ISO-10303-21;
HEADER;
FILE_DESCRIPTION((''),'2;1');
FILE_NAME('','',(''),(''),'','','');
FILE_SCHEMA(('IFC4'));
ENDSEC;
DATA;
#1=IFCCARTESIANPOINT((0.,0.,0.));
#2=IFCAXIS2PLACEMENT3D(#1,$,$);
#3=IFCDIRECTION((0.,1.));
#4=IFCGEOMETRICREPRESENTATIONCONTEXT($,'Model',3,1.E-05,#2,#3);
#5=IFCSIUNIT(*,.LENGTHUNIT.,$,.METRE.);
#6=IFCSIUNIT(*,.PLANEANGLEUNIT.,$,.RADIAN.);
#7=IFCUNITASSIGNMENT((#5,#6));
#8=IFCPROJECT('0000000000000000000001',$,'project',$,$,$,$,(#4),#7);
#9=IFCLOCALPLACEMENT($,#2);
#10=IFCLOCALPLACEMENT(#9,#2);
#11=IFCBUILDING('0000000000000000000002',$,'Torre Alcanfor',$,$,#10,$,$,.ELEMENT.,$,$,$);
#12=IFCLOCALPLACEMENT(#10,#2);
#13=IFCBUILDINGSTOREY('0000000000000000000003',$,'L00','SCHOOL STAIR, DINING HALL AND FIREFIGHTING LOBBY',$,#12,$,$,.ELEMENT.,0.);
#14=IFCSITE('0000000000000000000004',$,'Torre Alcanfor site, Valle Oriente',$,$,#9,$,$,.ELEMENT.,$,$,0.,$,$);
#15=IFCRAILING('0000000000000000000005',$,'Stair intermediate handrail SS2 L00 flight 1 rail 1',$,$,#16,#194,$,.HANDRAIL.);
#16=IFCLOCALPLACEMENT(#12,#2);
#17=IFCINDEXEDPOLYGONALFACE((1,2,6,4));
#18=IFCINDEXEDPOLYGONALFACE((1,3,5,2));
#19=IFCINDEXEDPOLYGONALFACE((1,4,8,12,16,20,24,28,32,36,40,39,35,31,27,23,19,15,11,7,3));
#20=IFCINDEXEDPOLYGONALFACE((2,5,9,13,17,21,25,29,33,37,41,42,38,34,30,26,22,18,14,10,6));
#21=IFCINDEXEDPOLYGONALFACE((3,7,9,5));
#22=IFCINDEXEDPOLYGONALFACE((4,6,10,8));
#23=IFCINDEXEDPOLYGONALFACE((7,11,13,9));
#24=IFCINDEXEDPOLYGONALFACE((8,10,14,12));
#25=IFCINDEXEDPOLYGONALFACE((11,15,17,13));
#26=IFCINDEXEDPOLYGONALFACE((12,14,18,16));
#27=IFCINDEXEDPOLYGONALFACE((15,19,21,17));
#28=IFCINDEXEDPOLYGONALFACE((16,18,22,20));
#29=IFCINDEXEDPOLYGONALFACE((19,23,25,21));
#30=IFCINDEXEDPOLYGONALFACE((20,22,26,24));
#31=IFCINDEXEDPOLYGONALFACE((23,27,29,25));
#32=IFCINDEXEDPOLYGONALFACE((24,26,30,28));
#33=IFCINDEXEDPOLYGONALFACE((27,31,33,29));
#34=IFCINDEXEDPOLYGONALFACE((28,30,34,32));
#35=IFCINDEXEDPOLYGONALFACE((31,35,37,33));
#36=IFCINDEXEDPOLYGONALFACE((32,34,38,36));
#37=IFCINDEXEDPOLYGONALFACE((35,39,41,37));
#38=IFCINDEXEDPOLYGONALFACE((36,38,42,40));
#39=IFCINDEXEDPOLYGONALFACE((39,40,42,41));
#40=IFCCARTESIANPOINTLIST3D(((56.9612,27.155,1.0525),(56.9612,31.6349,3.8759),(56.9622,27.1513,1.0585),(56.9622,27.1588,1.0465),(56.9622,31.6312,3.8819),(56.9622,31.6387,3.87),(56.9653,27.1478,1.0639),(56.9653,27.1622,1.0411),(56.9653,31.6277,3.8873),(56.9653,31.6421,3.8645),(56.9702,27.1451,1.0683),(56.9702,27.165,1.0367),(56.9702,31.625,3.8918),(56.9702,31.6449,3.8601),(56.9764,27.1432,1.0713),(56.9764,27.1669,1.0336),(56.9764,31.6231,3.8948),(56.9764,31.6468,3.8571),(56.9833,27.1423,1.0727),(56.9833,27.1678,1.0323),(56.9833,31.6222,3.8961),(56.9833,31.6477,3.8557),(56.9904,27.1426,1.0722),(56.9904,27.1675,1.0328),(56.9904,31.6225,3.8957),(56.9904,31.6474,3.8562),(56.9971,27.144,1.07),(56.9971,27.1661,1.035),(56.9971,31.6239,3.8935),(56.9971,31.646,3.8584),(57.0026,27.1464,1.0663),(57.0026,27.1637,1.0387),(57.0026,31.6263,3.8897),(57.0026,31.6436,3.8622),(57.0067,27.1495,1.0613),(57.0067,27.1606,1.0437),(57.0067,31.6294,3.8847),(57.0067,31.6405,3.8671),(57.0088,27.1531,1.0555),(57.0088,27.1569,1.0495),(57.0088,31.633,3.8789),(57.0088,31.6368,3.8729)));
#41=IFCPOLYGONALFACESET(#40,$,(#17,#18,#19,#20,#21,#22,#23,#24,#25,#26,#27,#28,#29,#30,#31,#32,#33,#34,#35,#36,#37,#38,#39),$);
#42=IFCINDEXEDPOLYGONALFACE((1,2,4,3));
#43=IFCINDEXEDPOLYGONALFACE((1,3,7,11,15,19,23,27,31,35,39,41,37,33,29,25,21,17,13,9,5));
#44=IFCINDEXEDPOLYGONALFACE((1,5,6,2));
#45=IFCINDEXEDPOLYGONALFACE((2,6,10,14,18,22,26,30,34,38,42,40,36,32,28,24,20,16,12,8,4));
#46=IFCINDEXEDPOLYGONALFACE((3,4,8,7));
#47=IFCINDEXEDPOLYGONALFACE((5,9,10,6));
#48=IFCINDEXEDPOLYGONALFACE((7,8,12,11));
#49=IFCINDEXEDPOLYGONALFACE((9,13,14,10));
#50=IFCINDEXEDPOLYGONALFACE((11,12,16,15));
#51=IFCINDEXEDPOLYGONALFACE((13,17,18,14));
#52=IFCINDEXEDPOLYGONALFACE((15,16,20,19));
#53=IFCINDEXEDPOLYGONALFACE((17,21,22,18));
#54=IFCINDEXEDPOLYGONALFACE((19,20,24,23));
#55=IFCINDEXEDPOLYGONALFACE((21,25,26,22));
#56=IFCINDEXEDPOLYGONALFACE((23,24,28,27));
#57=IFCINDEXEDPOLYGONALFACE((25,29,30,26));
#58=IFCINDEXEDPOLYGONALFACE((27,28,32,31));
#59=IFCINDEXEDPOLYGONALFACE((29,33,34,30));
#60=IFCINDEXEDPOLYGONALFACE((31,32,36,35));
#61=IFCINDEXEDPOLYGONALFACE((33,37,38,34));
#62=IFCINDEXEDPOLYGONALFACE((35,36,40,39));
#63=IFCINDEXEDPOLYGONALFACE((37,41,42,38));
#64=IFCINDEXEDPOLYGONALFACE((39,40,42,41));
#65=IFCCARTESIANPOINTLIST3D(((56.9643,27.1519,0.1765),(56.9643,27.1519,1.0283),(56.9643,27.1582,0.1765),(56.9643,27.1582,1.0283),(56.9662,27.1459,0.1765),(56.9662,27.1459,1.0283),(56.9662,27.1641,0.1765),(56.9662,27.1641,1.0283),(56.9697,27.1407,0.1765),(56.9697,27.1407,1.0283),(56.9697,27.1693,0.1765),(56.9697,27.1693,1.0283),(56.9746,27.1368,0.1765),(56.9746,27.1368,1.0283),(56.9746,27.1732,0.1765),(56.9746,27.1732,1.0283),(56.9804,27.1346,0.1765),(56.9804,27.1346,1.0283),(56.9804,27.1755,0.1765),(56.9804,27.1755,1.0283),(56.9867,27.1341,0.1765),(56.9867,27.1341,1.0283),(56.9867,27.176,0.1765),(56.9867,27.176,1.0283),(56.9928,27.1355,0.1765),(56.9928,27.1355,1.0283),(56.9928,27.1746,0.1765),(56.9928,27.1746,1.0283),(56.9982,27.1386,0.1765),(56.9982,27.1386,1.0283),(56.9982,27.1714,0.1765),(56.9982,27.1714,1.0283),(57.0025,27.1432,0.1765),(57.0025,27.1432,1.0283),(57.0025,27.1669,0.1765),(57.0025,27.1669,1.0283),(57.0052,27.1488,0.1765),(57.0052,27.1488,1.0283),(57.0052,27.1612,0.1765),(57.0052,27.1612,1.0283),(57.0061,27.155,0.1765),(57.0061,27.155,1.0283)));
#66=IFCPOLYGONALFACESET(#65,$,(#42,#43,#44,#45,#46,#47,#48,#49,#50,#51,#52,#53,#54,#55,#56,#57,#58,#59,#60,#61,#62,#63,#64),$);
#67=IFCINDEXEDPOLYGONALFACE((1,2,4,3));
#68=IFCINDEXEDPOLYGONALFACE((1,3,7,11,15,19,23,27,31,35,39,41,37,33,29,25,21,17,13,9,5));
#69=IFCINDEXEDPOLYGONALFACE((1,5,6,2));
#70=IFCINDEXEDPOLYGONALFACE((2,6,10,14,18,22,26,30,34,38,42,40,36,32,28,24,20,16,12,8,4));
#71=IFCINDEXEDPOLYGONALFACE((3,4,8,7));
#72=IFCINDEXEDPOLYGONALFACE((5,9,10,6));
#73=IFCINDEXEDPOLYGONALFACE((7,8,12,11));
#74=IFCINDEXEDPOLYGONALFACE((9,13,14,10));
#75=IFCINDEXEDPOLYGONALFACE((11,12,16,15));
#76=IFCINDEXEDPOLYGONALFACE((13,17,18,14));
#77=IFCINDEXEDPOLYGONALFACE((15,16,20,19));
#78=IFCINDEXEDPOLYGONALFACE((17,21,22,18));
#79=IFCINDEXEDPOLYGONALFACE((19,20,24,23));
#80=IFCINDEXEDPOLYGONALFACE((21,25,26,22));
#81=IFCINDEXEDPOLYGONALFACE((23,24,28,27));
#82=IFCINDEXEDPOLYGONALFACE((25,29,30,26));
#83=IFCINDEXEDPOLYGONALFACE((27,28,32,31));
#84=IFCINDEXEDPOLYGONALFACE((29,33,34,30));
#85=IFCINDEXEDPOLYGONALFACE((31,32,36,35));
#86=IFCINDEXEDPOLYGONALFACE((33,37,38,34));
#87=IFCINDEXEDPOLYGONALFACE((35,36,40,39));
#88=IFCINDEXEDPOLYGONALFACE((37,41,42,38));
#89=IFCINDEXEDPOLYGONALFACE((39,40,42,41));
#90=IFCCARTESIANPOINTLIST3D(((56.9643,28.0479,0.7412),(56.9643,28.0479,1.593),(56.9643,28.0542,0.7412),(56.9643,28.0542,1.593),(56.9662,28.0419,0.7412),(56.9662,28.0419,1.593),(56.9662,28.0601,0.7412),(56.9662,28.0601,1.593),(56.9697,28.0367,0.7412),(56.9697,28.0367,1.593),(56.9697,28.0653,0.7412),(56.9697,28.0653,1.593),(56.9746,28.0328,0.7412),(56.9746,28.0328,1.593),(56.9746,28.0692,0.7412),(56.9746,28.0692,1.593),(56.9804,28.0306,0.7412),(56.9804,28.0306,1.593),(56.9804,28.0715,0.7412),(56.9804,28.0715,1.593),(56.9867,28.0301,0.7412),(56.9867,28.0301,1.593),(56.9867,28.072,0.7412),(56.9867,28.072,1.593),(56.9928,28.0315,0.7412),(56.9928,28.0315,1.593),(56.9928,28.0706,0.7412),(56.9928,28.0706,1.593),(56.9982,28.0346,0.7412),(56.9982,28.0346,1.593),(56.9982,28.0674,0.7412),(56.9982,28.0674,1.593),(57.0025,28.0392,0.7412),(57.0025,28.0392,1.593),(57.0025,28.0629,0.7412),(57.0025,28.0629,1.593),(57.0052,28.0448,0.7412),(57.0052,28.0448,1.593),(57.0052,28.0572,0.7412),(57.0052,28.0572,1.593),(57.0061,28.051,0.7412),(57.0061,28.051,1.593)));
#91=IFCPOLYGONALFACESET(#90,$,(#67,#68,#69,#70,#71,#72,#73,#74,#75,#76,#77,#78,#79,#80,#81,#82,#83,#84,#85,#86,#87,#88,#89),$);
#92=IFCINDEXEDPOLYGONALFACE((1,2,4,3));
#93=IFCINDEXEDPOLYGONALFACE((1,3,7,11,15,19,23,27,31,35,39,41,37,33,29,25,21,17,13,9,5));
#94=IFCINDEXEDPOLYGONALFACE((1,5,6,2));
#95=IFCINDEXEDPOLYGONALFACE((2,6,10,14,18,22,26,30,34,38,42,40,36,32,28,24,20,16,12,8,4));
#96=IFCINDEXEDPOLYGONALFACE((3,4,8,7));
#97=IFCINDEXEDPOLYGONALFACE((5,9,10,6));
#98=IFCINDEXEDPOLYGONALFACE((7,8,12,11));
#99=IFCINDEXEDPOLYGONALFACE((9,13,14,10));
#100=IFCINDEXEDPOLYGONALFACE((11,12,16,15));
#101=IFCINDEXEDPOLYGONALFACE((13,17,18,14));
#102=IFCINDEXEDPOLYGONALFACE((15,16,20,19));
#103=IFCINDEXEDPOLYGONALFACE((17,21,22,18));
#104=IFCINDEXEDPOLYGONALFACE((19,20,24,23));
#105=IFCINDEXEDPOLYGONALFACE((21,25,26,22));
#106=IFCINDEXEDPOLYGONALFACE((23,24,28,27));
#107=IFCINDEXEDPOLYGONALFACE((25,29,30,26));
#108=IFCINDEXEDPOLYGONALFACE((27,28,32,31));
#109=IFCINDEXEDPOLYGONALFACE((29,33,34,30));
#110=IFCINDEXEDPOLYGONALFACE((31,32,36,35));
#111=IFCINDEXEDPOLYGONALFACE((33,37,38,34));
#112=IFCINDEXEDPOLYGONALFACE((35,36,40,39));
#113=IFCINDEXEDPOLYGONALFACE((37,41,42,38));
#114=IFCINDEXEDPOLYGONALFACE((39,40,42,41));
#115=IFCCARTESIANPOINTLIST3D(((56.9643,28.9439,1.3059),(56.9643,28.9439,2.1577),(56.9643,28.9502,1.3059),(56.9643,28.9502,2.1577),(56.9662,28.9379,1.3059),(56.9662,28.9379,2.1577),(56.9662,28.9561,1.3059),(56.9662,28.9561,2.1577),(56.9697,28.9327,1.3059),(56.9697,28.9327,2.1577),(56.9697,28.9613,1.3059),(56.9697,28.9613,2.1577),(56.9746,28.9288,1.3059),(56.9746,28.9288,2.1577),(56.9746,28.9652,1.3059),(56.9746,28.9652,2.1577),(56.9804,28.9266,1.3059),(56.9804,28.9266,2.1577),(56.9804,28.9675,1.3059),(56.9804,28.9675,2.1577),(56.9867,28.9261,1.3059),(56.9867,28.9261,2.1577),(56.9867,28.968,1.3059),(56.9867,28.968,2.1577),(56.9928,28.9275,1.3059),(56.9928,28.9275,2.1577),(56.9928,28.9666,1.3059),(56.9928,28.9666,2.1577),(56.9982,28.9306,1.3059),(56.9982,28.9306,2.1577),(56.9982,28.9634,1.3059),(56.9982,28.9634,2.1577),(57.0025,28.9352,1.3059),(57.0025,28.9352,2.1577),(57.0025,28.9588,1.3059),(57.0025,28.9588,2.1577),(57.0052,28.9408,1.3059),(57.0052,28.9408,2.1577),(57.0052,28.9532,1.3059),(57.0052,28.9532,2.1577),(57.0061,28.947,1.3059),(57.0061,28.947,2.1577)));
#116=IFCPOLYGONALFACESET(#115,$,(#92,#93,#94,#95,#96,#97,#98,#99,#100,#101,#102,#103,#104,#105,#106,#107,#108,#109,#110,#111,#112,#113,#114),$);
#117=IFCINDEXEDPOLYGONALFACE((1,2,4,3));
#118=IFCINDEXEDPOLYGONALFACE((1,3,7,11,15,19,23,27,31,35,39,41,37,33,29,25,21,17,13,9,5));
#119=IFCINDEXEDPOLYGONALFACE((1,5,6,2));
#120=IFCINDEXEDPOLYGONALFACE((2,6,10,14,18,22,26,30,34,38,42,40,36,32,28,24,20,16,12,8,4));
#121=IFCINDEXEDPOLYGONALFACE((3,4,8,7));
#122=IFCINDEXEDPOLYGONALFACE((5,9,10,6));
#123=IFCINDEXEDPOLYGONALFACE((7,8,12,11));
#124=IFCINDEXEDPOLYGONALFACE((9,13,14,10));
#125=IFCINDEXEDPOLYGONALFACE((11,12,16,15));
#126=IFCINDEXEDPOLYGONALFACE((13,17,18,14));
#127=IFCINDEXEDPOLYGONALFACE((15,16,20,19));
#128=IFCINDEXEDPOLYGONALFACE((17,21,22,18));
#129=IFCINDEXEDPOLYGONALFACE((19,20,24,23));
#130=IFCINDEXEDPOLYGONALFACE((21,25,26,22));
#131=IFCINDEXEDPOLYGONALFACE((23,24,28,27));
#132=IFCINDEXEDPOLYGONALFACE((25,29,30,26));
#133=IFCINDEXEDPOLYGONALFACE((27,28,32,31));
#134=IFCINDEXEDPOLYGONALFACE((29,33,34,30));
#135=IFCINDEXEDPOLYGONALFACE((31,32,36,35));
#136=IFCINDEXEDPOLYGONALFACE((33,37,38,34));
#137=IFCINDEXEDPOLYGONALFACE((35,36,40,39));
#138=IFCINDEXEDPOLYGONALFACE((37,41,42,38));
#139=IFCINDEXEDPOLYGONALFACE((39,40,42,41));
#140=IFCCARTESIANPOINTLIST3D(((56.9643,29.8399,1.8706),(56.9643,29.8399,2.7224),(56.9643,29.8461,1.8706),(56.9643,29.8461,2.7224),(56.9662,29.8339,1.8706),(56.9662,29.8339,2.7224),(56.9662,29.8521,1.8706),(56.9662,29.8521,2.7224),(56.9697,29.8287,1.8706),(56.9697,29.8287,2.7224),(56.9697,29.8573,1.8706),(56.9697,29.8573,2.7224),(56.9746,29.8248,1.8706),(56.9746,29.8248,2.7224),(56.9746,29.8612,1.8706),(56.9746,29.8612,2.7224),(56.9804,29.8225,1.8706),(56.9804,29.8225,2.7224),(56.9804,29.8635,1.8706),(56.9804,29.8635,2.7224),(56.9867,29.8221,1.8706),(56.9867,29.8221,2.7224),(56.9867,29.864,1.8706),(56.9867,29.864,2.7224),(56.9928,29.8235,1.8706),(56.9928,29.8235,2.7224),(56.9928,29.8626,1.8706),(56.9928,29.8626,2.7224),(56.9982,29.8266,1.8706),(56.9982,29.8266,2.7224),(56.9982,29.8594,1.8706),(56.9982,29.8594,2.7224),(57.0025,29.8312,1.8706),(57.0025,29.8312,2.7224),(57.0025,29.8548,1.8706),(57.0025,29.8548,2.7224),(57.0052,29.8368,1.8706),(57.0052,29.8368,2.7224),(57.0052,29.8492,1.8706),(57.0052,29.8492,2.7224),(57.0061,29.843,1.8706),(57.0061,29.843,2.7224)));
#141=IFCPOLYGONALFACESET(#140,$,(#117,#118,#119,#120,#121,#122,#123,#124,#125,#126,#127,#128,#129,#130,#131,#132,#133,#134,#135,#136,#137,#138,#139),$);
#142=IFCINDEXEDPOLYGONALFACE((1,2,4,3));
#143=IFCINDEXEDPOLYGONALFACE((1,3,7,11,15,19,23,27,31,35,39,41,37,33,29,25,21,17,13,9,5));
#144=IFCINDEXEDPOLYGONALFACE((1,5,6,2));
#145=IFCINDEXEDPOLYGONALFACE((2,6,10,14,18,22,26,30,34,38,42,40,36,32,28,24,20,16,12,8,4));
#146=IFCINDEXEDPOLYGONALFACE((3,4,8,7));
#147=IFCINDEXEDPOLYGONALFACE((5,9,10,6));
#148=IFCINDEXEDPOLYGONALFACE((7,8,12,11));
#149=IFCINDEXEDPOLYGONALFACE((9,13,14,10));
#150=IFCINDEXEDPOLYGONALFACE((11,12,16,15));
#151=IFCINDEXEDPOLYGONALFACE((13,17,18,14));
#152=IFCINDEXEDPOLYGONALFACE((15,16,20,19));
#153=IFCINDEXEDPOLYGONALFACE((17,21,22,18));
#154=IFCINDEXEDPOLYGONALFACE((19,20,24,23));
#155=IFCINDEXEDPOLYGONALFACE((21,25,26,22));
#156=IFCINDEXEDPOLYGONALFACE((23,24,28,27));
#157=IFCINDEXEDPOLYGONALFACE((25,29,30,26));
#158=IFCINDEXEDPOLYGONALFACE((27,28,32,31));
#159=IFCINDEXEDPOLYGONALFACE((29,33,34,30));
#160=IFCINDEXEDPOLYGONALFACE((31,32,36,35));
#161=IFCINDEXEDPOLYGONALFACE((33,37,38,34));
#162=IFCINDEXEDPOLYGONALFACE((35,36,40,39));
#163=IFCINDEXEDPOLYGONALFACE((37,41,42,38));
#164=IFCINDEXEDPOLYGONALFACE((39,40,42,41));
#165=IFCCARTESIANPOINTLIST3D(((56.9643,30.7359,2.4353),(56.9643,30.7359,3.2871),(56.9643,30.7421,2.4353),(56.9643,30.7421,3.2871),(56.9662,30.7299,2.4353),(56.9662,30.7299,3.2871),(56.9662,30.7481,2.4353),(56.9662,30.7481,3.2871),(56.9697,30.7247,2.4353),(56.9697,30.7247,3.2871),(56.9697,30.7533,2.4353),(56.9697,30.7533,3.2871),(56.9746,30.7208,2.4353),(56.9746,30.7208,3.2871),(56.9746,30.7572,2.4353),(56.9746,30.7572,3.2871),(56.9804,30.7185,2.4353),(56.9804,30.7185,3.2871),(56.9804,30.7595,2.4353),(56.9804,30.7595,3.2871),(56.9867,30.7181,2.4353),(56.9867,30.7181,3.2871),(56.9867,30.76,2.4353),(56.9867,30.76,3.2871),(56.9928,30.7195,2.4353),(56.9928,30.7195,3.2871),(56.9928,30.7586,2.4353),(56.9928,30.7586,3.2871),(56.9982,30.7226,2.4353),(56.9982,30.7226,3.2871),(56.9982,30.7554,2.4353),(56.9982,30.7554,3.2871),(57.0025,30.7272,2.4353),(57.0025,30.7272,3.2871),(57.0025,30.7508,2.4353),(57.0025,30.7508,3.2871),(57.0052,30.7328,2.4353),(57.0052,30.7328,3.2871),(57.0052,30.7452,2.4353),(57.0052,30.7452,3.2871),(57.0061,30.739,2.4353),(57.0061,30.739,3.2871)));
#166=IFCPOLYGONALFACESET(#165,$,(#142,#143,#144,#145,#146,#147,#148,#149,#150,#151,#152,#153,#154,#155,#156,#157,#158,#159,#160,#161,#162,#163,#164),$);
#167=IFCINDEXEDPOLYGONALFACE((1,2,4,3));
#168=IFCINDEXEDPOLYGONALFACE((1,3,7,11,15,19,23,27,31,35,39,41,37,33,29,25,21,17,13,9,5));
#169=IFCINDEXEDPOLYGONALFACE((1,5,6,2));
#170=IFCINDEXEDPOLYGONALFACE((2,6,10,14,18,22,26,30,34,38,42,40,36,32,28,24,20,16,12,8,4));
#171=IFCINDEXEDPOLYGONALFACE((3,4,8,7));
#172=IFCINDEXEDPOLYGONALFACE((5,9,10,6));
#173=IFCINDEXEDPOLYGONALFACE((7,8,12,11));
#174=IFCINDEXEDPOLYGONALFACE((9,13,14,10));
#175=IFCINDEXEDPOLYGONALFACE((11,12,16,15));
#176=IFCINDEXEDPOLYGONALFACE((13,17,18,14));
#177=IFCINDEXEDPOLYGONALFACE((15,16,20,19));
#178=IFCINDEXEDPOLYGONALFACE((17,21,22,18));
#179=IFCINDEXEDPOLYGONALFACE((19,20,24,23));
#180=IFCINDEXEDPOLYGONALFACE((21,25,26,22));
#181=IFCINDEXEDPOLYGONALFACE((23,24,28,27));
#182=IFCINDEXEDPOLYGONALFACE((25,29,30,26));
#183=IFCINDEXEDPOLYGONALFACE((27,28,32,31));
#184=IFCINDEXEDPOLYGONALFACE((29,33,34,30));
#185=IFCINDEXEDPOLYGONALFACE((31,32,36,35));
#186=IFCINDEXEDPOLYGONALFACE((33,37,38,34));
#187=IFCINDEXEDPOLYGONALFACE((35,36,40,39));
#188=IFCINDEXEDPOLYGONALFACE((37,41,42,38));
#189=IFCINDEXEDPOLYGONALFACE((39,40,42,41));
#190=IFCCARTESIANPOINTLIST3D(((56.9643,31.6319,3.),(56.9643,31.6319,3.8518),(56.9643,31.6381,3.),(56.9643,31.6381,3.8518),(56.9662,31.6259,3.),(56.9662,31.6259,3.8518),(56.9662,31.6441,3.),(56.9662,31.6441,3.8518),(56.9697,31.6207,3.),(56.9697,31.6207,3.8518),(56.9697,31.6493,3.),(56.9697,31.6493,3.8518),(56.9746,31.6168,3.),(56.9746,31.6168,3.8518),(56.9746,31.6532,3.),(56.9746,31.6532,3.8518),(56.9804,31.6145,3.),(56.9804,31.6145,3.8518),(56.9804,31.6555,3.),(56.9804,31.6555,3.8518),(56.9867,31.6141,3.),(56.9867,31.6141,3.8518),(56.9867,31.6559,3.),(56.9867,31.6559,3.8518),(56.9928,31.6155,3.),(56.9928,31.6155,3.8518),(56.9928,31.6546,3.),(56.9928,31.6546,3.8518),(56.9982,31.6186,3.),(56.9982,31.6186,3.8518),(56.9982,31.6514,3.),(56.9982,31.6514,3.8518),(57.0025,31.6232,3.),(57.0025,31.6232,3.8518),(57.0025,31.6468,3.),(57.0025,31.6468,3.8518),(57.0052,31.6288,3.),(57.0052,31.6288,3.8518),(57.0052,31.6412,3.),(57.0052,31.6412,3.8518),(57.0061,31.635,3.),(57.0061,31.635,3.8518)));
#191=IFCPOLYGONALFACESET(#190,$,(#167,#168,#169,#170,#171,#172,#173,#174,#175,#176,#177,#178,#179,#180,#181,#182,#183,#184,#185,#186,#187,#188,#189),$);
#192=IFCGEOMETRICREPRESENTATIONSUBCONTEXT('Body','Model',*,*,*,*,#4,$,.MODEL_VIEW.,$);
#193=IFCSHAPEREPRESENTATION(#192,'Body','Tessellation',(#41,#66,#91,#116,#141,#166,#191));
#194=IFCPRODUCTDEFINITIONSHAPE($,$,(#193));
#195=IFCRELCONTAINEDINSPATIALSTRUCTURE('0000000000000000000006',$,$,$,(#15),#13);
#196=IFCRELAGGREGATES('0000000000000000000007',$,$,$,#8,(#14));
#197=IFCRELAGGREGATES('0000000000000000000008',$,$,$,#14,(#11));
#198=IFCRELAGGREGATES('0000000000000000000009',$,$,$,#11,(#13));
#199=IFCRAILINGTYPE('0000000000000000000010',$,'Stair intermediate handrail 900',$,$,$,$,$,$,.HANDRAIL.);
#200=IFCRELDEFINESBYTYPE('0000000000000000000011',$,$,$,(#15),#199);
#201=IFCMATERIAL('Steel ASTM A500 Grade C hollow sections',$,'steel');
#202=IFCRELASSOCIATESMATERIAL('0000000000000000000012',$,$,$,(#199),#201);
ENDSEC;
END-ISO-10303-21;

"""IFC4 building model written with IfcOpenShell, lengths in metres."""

from ifc_helpers import new_model, si_unit, direction, frame, origin, origin_2d, place, context, subcontext, project, spatial, circle, extrude, material, type_object, element, save


model = new_model("IFC4")

# Units and contexts
model_context = context("Model", 3, precision=1e-05, world=origin(), true_north=direction((0.0, 1.0)))
body_context = subcontext(model_context, "Body", "Model", "MODEL_VIEW")
ifc_project = project(units=[si_unit("LENGTHUNIT", "METRE"), si_unit("PLANEANGLEUNIT", "RADIAN")], contexts=[model_context])

# Site, building, storey
site_placement = place(None, origin())
site = spatial("IfcSite", under=ifc_project, at=site_placement, Name="Torre Alcanfor site, Valle Oriente", CompositionType="ELEMENT", RefElevation=0.0)
building_placement = place(site_placement, origin())
building = spatial("IfcBuilding", under=site, at=building_placement, Name="Torre Alcanfor", CompositionType="ELEMENT")
storey_placement = place(building_placement, origin())
storey = spatial("IfcBuildingStorey", under=building, at=storey_placement, Name="L00", Description="SCHOOL STAIR, DINING HALL AND FIREFIGHTING LOBBY", CompositionType="ELEMENT", Elevation=0.0)

# Railing
ifc_material_1 = material(Name="Steel ASTM A500 Grade C hollow sections", Category="steel")
railing_type_1 = type_object("IfcRailingType", Name="Stair intermediate handrail 900", PredefinedType="HANDRAIL", material=ifc_material_1)
railing_1_placement = place(storey_placement, frame((56.9851, 27.155, 0.1765)))
element("IfcRailing", 1, at=railing_1_placement, inside=storey, type_object=railing_type_1, Name="Stair intermediate handrail SS2 L00 flight 1 rail 1", PredefinedType="HANDRAIL", context=body_context, shape_type="SweptSolid", body=[
    extrude(circle(Radius=0.0239, at=origin_2d()), frame((0.0, 0.0, 0.876), z_axis=(0.0, 0.845998, 0.533186), x_axis=(-1.0, 0.0, 0.0)), (0.0, 0.0, 1.0), 5.2954),
    extrude(circle(Radius=0.021, at=origin_2d()), origin(), (0.0, 0.0, 1.0), 0.8518),
    extrude(circle(Radius=0.021, at=origin_2d()), frame((0.0, 0.896, 0.5647)), (0.0, 0.0, 1.0), 0.8518),
    extrude(circle(Radius=0.021, at=origin_2d()), frame((0.0, 1.792, 1.1294)), (0.0, 0.0, 1.0), 0.8518),
    extrude(circle(Radius=0.021, at=origin_2d()), frame((0.0, 2.688, 1.6941)), (0.0, 0.0, 1.0), 0.8518),
    extrude(circle(Radius=0.021, at=origin_2d()), frame((0.0, 3.584, 2.2588)), (0.0, 0.0, 1.0), 0.8518),
    extrude(circle(Radius=0.021, at=origin_2d()), frame((0.0, 4.48, 2.8235)), (0.0, 0.0, 1.0), 0.8518),
])

save(model, "model.ifc")
